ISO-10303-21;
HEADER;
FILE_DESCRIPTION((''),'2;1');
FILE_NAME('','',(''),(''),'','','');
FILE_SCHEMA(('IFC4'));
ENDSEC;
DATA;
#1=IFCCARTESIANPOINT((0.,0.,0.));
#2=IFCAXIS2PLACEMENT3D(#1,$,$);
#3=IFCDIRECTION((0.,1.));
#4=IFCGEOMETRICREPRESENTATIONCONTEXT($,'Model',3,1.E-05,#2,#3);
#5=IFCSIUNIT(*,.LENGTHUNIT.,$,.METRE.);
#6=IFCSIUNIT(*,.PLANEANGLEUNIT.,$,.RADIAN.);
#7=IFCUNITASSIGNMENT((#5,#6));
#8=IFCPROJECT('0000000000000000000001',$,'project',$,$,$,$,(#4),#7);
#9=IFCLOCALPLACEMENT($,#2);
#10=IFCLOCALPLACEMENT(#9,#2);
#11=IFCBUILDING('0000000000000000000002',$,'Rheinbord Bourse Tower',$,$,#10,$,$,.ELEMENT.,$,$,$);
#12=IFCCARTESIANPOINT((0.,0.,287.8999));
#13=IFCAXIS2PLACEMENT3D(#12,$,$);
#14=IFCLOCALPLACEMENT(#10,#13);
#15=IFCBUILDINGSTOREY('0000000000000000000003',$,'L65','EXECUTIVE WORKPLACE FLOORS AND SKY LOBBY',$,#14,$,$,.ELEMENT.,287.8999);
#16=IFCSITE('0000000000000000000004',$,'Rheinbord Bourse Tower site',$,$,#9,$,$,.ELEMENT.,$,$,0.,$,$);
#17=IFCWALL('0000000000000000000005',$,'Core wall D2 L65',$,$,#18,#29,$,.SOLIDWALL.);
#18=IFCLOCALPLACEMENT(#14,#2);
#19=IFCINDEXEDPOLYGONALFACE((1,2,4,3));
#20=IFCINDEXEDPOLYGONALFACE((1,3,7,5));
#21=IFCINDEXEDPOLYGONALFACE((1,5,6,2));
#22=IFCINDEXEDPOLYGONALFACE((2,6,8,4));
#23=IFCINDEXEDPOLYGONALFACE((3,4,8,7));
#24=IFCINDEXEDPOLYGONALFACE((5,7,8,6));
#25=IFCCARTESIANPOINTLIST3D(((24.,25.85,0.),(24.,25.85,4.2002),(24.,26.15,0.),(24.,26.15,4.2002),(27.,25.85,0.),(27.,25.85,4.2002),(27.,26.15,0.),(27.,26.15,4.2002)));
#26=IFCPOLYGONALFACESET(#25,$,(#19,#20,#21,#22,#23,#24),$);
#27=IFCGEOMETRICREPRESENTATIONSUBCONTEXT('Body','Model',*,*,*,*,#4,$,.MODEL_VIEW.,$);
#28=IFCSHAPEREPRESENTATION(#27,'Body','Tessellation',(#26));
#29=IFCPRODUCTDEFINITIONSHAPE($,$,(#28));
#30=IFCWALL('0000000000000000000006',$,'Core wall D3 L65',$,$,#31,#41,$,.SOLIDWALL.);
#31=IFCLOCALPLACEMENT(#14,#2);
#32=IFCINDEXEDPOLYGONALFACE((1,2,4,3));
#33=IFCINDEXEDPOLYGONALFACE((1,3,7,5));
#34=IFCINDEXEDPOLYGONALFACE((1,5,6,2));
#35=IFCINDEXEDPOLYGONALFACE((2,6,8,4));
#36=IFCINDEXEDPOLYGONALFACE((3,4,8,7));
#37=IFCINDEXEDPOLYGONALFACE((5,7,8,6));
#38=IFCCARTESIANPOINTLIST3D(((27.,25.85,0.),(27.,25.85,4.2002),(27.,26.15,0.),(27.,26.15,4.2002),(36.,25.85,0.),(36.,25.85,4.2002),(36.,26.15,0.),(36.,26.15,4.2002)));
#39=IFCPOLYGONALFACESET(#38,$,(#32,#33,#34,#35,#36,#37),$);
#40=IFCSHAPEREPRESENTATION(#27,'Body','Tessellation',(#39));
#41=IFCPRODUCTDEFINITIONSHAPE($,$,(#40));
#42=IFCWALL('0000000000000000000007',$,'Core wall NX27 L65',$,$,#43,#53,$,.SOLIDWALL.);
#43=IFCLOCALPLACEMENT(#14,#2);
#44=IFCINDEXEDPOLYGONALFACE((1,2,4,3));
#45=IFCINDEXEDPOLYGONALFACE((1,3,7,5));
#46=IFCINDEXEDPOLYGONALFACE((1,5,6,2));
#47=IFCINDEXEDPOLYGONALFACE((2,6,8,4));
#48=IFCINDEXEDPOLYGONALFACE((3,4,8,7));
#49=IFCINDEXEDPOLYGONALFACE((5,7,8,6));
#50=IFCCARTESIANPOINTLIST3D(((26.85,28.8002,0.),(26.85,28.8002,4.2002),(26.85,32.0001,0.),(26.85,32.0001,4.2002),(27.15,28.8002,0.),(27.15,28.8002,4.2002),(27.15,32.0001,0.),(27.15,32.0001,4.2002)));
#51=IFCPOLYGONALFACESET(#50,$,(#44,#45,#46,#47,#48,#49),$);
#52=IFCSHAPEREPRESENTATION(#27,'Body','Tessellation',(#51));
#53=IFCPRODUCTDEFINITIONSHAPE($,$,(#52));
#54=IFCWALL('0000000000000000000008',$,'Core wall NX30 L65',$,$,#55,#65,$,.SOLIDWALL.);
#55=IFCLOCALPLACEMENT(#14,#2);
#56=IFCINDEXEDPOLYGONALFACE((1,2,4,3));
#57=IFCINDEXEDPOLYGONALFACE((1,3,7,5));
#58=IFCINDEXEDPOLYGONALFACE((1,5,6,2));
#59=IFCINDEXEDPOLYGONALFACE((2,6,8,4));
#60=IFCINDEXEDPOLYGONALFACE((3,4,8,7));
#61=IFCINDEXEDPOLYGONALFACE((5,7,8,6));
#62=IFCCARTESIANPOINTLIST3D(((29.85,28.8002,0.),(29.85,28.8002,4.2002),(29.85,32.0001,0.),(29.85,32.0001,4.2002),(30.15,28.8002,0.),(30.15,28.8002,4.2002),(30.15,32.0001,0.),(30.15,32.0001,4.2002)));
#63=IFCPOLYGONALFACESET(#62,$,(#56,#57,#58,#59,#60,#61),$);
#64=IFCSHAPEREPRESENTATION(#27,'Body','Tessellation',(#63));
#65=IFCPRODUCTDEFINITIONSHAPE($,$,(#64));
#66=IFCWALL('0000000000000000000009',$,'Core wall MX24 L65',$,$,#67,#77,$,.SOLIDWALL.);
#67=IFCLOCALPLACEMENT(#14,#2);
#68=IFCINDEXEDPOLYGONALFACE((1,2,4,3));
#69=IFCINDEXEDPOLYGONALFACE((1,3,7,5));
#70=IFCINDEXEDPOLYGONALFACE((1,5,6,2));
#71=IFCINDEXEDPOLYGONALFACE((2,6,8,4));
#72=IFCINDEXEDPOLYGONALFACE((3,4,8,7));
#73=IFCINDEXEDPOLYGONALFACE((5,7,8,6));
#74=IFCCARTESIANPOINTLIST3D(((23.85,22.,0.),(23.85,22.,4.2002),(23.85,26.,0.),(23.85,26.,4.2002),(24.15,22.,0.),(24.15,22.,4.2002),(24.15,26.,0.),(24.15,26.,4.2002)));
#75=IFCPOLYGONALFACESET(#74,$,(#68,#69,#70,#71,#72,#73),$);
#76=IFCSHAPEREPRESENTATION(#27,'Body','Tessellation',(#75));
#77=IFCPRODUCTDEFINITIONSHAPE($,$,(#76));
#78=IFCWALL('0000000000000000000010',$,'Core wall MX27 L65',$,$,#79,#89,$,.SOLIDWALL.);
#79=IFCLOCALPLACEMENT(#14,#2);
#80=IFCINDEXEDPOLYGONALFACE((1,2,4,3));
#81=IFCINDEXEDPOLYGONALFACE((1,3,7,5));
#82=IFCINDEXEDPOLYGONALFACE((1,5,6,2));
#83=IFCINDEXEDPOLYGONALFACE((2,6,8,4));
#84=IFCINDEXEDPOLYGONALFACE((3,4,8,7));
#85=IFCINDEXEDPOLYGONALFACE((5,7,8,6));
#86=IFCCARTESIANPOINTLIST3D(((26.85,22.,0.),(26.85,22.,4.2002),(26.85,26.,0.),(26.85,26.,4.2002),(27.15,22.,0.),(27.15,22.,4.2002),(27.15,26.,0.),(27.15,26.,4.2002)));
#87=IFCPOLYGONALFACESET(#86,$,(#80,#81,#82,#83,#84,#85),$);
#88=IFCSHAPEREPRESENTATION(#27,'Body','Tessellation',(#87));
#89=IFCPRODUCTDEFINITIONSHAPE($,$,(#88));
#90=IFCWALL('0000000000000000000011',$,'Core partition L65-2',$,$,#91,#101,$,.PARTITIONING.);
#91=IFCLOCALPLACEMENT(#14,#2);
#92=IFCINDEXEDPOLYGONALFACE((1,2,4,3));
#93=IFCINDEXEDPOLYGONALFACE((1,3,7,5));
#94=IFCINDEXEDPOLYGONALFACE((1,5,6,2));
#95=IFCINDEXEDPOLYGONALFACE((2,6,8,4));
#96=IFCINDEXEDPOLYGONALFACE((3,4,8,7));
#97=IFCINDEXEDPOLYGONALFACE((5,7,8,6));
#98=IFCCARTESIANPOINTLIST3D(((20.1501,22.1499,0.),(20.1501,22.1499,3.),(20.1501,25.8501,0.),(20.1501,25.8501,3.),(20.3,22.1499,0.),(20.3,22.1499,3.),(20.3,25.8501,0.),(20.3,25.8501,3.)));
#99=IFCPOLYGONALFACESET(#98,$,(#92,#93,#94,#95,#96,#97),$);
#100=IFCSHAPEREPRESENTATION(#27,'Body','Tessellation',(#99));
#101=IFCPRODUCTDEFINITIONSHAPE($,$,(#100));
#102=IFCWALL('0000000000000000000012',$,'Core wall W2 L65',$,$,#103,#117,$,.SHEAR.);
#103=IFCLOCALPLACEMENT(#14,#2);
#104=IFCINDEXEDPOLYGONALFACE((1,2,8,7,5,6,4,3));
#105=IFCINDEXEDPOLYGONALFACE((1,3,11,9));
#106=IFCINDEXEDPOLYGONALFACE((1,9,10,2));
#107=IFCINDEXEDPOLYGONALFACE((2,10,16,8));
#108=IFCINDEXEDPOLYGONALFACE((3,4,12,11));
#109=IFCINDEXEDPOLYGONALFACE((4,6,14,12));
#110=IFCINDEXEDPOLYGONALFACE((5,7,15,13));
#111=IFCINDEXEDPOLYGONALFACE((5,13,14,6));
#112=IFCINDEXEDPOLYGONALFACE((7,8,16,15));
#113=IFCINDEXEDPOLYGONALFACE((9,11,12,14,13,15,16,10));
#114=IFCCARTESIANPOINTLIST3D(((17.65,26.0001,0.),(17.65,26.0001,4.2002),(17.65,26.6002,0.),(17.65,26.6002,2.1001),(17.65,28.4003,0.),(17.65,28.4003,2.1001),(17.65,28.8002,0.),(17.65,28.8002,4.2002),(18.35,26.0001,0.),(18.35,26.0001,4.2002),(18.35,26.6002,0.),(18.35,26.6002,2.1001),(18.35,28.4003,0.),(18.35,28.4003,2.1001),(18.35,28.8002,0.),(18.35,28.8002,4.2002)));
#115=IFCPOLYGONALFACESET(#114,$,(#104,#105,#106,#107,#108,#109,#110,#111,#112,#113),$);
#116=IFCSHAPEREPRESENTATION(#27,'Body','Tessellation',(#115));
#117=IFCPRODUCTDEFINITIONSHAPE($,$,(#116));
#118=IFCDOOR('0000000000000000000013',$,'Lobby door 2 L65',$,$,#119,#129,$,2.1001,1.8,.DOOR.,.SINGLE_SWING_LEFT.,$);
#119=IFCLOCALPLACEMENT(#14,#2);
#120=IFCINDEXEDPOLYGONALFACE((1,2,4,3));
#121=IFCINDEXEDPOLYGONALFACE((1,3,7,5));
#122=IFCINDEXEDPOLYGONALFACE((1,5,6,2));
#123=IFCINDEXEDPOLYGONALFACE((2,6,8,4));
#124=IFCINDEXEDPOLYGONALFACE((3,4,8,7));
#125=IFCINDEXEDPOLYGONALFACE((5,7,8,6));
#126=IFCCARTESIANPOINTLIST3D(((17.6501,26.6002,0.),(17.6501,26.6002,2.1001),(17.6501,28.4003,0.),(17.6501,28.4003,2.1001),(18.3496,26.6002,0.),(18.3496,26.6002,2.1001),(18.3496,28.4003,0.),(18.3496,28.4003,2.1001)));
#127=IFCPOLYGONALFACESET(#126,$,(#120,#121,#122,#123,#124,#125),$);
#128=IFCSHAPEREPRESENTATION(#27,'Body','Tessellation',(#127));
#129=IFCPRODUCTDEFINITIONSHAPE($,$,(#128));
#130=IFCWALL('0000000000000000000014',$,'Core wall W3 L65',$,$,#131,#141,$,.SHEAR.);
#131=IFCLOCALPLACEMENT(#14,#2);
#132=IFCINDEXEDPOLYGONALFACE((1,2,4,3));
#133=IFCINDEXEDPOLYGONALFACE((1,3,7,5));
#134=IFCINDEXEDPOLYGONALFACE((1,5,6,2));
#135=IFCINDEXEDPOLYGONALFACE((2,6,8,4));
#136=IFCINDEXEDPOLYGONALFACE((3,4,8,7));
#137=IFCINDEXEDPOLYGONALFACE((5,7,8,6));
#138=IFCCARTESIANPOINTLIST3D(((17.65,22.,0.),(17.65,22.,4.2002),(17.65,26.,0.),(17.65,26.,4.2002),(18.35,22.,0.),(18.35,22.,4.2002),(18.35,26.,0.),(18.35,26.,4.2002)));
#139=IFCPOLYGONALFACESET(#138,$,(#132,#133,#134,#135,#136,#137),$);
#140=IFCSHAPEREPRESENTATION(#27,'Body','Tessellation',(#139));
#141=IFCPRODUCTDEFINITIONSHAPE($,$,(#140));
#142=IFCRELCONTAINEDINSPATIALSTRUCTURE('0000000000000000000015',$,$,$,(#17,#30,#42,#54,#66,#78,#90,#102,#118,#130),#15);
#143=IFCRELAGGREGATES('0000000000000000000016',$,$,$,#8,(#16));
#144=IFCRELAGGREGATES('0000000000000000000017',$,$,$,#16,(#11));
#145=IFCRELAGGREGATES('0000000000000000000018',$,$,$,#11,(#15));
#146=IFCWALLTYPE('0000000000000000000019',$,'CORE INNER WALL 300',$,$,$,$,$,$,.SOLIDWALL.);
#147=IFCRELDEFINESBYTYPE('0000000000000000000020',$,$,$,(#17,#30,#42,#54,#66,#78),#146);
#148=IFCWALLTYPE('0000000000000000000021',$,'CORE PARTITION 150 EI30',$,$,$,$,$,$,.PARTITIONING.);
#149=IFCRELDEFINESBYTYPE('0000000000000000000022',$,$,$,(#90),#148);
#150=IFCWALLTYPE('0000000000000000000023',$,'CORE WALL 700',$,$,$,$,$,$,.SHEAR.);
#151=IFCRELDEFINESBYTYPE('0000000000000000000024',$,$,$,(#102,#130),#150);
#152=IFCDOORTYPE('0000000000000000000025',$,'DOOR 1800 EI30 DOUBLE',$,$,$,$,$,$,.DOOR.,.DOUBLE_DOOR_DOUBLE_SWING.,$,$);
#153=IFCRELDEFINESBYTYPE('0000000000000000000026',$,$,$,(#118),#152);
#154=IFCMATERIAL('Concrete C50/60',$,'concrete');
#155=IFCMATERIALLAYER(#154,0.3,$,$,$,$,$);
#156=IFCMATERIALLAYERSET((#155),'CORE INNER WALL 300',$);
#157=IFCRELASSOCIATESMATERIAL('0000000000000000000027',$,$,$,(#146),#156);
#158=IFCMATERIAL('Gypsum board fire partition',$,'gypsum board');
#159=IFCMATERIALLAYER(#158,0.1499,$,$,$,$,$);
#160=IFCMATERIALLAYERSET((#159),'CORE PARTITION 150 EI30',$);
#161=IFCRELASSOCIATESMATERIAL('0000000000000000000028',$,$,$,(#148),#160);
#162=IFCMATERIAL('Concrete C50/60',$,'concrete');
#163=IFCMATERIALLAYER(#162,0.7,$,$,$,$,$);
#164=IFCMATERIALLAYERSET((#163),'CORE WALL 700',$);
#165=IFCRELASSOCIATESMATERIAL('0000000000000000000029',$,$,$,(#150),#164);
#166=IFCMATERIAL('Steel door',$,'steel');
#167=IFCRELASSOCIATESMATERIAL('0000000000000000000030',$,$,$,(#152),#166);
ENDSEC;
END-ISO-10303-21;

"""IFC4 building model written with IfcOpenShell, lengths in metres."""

from ifc_helpers import new_model, si_unit, direction, frame, frame_2d, origin, place, context, subcontext, project, spatial, rectangle, extrude, material, layer, layer_set, type_object, element, fill, save


model = new_model("IFC4")

# Units and contexts
model_context = context("Model", 3, precision=1e-05, world=origin(), true_north=direction((0.0, 1.0)))
body_context = subcontext(model_context, "Body", "Model", "MODEL_VIEW")
ifc_project = project(units=[si_unit("LENGTHUNIT", "METRE"), si_unit("PLANEANGLEUNIT", "RADIAN")], contexts=[model_context])

# Site, building, storey
site_placement = place(None, origin())
site = spatial("IfcSite", under=ifc_project, at=site_placement, Name="Rheinbord Bourse Tower site", CompositionType="ELEMENT", RefElevation=0.0)
building_placement = place(site_placement, origin())
building = spatial("IfcBuilding", under=site, at=building_placement, Name="Rheinbord Bourse Tower", CompositionType="ELEMENT")
storey_placement = place(building_placement, frame((0.0, 0.0, 287.8999)))
storey = spatial("IfcBuildingStorey", under=building, at=storey_placement, Name="L65", Description="EXECUTIVE WORKPLACE FLOORS AND SKY LOBBY", CompositionType="ELEMENT", Elevation=287.8999)

# Shared definitions
ifc_material_1 = material(Name="Concrete C50/60", Category="concrete")
ifc_layer_1 = layer(ifc_material_1, 0.3)
ifc_layer_set_1 = layer_set([ifc_layer_1], Name="CORE INNER WALL 300")
wall_type_1 = type_object("IfcWallType", Name="CORE INNER WALL 300", PredefinedType="SOLIDWALL", material=ifc_layer_set_1)

# Walls
wall_1_placement = place(storey_placement, frame((24.0, 26.0, 0.0), z_axis=(0.0, 0.0, 1.0), x_axis=(1.0, 0.0, 0.0)))
element("IfcWall", 1, at=wall_1_placement, inside=storey, type_object=wall_type_1, Name="Core wall D2 L65", PredefinedType="SOLIDWALL", context=body_context, shape_type="SweptSolid", body=[
    extrude(rectangle(XDim=3.0, YDim=0.3, at=frame_2d((1.5, 0.0))), origin(), (0.0, 0.0, 1.0), 4.2002),
])
wall_2_placement = place(storey_placement, frame((27.0, 26.0, 0.0), z_axis=(0.0, 0.0, 1.0), x_axis=(1.0, 0.0, 0.0)))
element("IfcWall", 2, at=wall_2_placement, inside=storey, type_object=wall_type_1, Name="Core wall D3 L65", PredefinedType="SOLIDWALL", context=body_context, shape_type="SweptSolid", body=[
    extrude(rectangle(XDim=9.0, YDim=0.3, at=frame_2d((4.5, 0.0))), origin(), (0.0, 0.0, 1.0), 4.2002),
])
for number, where, z_axis, x_axis, name in (
    (3, (27.0, 28.8, 0.0), (0.0, 0.0, 1.0), (0.0, 1.0, 0.0), "Core wall NX27 L65"),
    (4, (30.0, 28.8, 0.0), (0.0, 0.0, 1.0), (0.0, 1.0, 0.0), "Core wall NX30 L65"),
):
    element("IfcWall", number, at=place(storey_placement, frame(where, z_axis=z_axis, x_axis=x_axis)), inside=storey, type_object=wall_type_1, Name=name, PredefinedType="SOLIDWALL", context=body_context, shape_type="SweptSolid", body=[
        extrude(rectangle(XDim=3.2, YDim=0.3, at=frame_2d((1.6001, 0.0))), origin(), (0.0, 0.0, 1.0), 4.2002),
    ])
for number, where, z_axis, x_axis, name in (
    (5, (24.0, 22.0, 0.0), (0.0, 0.0, 1.0), (0.0, 1.0, 0.0), "Core wall MX24 L65"),
    (6, (27.0, 22.0, 0.0), (0.0, 0.0, 1.0), (0.0, 1.0, 0.0), "Core wall MX27 L65"),
):
    element("IfcWall", number, at=place(storey_placement, frame(where, z_axis=z_axis, x_axis=x_axis)), inside=storey, type_object=wall_type_1, Name=name, PredefinedType="SOLIDWALL", context=body_context, shape_type="SweptSolid", body=[
        extrude(rectangle(XDim=4.0, YDim=0.3, at=frame_2d((2.0, 0.0))), origin(), (0.0, 0.0, 1.0), 4.2002),
    ])
ifc_material_2 = material(Name="Gypsum board fire partition", Category="gypsum board")
ifc_layer_2 = layer(ifc_material_2, 0.1499)
ifc_layer_set_2 = layer_set([ifc_layer_2], Name="CORE PARTITION 150 EI30")
wall_type_2 = type_object("IfcWallType", Name="CORE PARTITION 150 EI30", PredefinedType="PARTITIONING", material=ifc_layer_set_2)
wall_3_placement = place(storey_placement, frame((20.2251, 22.1499, 0.0), z_axis=(0.0, 0.0, 1.0), x_axis=(0.0, 1.0, 0.0)))
element("IfcWall", 7, at=wall_3_placement, inside=storey, type_object=wall_type_2, Name="Core partition L65-2", PredefinedType="PARTITIONING", context=body_context, shape_type="SweptSolid", body=[
    extrude(rectangle(XDim=3.7002, YDim=0.1499, at=frame_2d((1.8501, 0.0))), origin(), (0.0, 0.0, 1.0), 3.0),
])

# Wall, opening, door
ifc_material_3 = material(Name="Concrete C50/60", Category="concrete")
ifc_layer_3 = layer(ifc_material_3, 0.7)
ifc_layer_set_3 = layer_set([ifc_layer_3], Name="CORE WALL 700")
wall_type_3 = type_object("IfcWallType", Name="CORE WALL 700", PredefinedType="SHEAR", material=ifc_layer_set_3)
wall_4_placement = place(storey_placement, frame((18.0, 28.8, 0.0), z_axis=(0.0, 0.0, 1.0), x_axis=(0.0, -1.0, 0.0)))
wall_4 = element("IfcWall", 8, at=wall_4_placement, inside=storey, type_object=wall_type_3, Name="Core wall W2 L65", PredefinedType="SHEAR", context=body_context, shape_type="SweptSolid", body=[
    extrude(rectangle(XDim=2.8, YDim=0.7, at=frame_2d((1.3999, 0.0))), origin(), (0.0, 0.0, 1.0), 4.2002),
])
opening_1_placement = place(wall_4_placement, frame((0.3999, 0.0, 0.0)))
opening_1 = element("IfcOpeningElement", 9, at=opening_1_placement, cuts=wall_4, PredefinedType="OPENING", context=body_context, shape_type="SweptSolid", body=[
    extrude(rectangle(XDim=1.8, YDim=2.1001, at=frame_2d((0.8999, 1.05))), frame((0.0, 0.3599, 0.0), z_axis=(0.0, -1.0, 0.0), x_axis=(1.0, 0.0, 0.0)), (0.0, 0.0, 1.0), 0.72),
])
ifc_material_4 = material(Name="Steel door", Category="steel")
door_type_1 = type_object("IfcDoorType", Name="DOOR 1800 EI30 DOUBLE", OperationType="DOUBLE_DOOR_DOUBLE_SWING", PredefinedType="DOOR", material=ifc_material_4)
door_1_placement = place(opening_1_placement, origin())
door_1 = element("IfcDoor", 10, at=door_1_placement, inside=storey, type_object=door_type_1, Name="Lobby door 2 L65", OperationType="SINGLE_SWING_LEFT", OverallHeight=2.1001, OverallWidth=1.8, PredefinedType="DOOR", context=body_context, shape_type="SweptSolid", body=[
    extrude(rectangle(XDim=1.8, YDim=2.1001, at=frame_2d((0.8999, 1.05))), frame((0.0, 0.3496, 0.0), z_axis=(0.0, -1.0, 0.0), x_axis=(1.0, 0.0, 0.0)), (0.0, 0.0, 1.0), 0.6995),
])
fill(opening_1, door_1)

# Wall
wall_5_placement = place(storey_placement, frame((18.0, 26.0, 0.0), z_axis=(0.0, 0.0, 1.0), x_axis=(0.0, -1.0, 0.0)))
element("IfcWall", 11, at=wall_5_placement, inside=storey, type_object=wall_type_3, Name="Core wall W3 L65", PredefinedType="SHEAR", context=body_context, shape_type="SweptSolid", body=[
    extrude(rectangle(XDim=4.0, YDim=0.7, at=frame_2d((2.0, 0.0))), origin(), (0.0, 0.0, 1.0), 4.2002),
])

save(model, "model.ifc")
